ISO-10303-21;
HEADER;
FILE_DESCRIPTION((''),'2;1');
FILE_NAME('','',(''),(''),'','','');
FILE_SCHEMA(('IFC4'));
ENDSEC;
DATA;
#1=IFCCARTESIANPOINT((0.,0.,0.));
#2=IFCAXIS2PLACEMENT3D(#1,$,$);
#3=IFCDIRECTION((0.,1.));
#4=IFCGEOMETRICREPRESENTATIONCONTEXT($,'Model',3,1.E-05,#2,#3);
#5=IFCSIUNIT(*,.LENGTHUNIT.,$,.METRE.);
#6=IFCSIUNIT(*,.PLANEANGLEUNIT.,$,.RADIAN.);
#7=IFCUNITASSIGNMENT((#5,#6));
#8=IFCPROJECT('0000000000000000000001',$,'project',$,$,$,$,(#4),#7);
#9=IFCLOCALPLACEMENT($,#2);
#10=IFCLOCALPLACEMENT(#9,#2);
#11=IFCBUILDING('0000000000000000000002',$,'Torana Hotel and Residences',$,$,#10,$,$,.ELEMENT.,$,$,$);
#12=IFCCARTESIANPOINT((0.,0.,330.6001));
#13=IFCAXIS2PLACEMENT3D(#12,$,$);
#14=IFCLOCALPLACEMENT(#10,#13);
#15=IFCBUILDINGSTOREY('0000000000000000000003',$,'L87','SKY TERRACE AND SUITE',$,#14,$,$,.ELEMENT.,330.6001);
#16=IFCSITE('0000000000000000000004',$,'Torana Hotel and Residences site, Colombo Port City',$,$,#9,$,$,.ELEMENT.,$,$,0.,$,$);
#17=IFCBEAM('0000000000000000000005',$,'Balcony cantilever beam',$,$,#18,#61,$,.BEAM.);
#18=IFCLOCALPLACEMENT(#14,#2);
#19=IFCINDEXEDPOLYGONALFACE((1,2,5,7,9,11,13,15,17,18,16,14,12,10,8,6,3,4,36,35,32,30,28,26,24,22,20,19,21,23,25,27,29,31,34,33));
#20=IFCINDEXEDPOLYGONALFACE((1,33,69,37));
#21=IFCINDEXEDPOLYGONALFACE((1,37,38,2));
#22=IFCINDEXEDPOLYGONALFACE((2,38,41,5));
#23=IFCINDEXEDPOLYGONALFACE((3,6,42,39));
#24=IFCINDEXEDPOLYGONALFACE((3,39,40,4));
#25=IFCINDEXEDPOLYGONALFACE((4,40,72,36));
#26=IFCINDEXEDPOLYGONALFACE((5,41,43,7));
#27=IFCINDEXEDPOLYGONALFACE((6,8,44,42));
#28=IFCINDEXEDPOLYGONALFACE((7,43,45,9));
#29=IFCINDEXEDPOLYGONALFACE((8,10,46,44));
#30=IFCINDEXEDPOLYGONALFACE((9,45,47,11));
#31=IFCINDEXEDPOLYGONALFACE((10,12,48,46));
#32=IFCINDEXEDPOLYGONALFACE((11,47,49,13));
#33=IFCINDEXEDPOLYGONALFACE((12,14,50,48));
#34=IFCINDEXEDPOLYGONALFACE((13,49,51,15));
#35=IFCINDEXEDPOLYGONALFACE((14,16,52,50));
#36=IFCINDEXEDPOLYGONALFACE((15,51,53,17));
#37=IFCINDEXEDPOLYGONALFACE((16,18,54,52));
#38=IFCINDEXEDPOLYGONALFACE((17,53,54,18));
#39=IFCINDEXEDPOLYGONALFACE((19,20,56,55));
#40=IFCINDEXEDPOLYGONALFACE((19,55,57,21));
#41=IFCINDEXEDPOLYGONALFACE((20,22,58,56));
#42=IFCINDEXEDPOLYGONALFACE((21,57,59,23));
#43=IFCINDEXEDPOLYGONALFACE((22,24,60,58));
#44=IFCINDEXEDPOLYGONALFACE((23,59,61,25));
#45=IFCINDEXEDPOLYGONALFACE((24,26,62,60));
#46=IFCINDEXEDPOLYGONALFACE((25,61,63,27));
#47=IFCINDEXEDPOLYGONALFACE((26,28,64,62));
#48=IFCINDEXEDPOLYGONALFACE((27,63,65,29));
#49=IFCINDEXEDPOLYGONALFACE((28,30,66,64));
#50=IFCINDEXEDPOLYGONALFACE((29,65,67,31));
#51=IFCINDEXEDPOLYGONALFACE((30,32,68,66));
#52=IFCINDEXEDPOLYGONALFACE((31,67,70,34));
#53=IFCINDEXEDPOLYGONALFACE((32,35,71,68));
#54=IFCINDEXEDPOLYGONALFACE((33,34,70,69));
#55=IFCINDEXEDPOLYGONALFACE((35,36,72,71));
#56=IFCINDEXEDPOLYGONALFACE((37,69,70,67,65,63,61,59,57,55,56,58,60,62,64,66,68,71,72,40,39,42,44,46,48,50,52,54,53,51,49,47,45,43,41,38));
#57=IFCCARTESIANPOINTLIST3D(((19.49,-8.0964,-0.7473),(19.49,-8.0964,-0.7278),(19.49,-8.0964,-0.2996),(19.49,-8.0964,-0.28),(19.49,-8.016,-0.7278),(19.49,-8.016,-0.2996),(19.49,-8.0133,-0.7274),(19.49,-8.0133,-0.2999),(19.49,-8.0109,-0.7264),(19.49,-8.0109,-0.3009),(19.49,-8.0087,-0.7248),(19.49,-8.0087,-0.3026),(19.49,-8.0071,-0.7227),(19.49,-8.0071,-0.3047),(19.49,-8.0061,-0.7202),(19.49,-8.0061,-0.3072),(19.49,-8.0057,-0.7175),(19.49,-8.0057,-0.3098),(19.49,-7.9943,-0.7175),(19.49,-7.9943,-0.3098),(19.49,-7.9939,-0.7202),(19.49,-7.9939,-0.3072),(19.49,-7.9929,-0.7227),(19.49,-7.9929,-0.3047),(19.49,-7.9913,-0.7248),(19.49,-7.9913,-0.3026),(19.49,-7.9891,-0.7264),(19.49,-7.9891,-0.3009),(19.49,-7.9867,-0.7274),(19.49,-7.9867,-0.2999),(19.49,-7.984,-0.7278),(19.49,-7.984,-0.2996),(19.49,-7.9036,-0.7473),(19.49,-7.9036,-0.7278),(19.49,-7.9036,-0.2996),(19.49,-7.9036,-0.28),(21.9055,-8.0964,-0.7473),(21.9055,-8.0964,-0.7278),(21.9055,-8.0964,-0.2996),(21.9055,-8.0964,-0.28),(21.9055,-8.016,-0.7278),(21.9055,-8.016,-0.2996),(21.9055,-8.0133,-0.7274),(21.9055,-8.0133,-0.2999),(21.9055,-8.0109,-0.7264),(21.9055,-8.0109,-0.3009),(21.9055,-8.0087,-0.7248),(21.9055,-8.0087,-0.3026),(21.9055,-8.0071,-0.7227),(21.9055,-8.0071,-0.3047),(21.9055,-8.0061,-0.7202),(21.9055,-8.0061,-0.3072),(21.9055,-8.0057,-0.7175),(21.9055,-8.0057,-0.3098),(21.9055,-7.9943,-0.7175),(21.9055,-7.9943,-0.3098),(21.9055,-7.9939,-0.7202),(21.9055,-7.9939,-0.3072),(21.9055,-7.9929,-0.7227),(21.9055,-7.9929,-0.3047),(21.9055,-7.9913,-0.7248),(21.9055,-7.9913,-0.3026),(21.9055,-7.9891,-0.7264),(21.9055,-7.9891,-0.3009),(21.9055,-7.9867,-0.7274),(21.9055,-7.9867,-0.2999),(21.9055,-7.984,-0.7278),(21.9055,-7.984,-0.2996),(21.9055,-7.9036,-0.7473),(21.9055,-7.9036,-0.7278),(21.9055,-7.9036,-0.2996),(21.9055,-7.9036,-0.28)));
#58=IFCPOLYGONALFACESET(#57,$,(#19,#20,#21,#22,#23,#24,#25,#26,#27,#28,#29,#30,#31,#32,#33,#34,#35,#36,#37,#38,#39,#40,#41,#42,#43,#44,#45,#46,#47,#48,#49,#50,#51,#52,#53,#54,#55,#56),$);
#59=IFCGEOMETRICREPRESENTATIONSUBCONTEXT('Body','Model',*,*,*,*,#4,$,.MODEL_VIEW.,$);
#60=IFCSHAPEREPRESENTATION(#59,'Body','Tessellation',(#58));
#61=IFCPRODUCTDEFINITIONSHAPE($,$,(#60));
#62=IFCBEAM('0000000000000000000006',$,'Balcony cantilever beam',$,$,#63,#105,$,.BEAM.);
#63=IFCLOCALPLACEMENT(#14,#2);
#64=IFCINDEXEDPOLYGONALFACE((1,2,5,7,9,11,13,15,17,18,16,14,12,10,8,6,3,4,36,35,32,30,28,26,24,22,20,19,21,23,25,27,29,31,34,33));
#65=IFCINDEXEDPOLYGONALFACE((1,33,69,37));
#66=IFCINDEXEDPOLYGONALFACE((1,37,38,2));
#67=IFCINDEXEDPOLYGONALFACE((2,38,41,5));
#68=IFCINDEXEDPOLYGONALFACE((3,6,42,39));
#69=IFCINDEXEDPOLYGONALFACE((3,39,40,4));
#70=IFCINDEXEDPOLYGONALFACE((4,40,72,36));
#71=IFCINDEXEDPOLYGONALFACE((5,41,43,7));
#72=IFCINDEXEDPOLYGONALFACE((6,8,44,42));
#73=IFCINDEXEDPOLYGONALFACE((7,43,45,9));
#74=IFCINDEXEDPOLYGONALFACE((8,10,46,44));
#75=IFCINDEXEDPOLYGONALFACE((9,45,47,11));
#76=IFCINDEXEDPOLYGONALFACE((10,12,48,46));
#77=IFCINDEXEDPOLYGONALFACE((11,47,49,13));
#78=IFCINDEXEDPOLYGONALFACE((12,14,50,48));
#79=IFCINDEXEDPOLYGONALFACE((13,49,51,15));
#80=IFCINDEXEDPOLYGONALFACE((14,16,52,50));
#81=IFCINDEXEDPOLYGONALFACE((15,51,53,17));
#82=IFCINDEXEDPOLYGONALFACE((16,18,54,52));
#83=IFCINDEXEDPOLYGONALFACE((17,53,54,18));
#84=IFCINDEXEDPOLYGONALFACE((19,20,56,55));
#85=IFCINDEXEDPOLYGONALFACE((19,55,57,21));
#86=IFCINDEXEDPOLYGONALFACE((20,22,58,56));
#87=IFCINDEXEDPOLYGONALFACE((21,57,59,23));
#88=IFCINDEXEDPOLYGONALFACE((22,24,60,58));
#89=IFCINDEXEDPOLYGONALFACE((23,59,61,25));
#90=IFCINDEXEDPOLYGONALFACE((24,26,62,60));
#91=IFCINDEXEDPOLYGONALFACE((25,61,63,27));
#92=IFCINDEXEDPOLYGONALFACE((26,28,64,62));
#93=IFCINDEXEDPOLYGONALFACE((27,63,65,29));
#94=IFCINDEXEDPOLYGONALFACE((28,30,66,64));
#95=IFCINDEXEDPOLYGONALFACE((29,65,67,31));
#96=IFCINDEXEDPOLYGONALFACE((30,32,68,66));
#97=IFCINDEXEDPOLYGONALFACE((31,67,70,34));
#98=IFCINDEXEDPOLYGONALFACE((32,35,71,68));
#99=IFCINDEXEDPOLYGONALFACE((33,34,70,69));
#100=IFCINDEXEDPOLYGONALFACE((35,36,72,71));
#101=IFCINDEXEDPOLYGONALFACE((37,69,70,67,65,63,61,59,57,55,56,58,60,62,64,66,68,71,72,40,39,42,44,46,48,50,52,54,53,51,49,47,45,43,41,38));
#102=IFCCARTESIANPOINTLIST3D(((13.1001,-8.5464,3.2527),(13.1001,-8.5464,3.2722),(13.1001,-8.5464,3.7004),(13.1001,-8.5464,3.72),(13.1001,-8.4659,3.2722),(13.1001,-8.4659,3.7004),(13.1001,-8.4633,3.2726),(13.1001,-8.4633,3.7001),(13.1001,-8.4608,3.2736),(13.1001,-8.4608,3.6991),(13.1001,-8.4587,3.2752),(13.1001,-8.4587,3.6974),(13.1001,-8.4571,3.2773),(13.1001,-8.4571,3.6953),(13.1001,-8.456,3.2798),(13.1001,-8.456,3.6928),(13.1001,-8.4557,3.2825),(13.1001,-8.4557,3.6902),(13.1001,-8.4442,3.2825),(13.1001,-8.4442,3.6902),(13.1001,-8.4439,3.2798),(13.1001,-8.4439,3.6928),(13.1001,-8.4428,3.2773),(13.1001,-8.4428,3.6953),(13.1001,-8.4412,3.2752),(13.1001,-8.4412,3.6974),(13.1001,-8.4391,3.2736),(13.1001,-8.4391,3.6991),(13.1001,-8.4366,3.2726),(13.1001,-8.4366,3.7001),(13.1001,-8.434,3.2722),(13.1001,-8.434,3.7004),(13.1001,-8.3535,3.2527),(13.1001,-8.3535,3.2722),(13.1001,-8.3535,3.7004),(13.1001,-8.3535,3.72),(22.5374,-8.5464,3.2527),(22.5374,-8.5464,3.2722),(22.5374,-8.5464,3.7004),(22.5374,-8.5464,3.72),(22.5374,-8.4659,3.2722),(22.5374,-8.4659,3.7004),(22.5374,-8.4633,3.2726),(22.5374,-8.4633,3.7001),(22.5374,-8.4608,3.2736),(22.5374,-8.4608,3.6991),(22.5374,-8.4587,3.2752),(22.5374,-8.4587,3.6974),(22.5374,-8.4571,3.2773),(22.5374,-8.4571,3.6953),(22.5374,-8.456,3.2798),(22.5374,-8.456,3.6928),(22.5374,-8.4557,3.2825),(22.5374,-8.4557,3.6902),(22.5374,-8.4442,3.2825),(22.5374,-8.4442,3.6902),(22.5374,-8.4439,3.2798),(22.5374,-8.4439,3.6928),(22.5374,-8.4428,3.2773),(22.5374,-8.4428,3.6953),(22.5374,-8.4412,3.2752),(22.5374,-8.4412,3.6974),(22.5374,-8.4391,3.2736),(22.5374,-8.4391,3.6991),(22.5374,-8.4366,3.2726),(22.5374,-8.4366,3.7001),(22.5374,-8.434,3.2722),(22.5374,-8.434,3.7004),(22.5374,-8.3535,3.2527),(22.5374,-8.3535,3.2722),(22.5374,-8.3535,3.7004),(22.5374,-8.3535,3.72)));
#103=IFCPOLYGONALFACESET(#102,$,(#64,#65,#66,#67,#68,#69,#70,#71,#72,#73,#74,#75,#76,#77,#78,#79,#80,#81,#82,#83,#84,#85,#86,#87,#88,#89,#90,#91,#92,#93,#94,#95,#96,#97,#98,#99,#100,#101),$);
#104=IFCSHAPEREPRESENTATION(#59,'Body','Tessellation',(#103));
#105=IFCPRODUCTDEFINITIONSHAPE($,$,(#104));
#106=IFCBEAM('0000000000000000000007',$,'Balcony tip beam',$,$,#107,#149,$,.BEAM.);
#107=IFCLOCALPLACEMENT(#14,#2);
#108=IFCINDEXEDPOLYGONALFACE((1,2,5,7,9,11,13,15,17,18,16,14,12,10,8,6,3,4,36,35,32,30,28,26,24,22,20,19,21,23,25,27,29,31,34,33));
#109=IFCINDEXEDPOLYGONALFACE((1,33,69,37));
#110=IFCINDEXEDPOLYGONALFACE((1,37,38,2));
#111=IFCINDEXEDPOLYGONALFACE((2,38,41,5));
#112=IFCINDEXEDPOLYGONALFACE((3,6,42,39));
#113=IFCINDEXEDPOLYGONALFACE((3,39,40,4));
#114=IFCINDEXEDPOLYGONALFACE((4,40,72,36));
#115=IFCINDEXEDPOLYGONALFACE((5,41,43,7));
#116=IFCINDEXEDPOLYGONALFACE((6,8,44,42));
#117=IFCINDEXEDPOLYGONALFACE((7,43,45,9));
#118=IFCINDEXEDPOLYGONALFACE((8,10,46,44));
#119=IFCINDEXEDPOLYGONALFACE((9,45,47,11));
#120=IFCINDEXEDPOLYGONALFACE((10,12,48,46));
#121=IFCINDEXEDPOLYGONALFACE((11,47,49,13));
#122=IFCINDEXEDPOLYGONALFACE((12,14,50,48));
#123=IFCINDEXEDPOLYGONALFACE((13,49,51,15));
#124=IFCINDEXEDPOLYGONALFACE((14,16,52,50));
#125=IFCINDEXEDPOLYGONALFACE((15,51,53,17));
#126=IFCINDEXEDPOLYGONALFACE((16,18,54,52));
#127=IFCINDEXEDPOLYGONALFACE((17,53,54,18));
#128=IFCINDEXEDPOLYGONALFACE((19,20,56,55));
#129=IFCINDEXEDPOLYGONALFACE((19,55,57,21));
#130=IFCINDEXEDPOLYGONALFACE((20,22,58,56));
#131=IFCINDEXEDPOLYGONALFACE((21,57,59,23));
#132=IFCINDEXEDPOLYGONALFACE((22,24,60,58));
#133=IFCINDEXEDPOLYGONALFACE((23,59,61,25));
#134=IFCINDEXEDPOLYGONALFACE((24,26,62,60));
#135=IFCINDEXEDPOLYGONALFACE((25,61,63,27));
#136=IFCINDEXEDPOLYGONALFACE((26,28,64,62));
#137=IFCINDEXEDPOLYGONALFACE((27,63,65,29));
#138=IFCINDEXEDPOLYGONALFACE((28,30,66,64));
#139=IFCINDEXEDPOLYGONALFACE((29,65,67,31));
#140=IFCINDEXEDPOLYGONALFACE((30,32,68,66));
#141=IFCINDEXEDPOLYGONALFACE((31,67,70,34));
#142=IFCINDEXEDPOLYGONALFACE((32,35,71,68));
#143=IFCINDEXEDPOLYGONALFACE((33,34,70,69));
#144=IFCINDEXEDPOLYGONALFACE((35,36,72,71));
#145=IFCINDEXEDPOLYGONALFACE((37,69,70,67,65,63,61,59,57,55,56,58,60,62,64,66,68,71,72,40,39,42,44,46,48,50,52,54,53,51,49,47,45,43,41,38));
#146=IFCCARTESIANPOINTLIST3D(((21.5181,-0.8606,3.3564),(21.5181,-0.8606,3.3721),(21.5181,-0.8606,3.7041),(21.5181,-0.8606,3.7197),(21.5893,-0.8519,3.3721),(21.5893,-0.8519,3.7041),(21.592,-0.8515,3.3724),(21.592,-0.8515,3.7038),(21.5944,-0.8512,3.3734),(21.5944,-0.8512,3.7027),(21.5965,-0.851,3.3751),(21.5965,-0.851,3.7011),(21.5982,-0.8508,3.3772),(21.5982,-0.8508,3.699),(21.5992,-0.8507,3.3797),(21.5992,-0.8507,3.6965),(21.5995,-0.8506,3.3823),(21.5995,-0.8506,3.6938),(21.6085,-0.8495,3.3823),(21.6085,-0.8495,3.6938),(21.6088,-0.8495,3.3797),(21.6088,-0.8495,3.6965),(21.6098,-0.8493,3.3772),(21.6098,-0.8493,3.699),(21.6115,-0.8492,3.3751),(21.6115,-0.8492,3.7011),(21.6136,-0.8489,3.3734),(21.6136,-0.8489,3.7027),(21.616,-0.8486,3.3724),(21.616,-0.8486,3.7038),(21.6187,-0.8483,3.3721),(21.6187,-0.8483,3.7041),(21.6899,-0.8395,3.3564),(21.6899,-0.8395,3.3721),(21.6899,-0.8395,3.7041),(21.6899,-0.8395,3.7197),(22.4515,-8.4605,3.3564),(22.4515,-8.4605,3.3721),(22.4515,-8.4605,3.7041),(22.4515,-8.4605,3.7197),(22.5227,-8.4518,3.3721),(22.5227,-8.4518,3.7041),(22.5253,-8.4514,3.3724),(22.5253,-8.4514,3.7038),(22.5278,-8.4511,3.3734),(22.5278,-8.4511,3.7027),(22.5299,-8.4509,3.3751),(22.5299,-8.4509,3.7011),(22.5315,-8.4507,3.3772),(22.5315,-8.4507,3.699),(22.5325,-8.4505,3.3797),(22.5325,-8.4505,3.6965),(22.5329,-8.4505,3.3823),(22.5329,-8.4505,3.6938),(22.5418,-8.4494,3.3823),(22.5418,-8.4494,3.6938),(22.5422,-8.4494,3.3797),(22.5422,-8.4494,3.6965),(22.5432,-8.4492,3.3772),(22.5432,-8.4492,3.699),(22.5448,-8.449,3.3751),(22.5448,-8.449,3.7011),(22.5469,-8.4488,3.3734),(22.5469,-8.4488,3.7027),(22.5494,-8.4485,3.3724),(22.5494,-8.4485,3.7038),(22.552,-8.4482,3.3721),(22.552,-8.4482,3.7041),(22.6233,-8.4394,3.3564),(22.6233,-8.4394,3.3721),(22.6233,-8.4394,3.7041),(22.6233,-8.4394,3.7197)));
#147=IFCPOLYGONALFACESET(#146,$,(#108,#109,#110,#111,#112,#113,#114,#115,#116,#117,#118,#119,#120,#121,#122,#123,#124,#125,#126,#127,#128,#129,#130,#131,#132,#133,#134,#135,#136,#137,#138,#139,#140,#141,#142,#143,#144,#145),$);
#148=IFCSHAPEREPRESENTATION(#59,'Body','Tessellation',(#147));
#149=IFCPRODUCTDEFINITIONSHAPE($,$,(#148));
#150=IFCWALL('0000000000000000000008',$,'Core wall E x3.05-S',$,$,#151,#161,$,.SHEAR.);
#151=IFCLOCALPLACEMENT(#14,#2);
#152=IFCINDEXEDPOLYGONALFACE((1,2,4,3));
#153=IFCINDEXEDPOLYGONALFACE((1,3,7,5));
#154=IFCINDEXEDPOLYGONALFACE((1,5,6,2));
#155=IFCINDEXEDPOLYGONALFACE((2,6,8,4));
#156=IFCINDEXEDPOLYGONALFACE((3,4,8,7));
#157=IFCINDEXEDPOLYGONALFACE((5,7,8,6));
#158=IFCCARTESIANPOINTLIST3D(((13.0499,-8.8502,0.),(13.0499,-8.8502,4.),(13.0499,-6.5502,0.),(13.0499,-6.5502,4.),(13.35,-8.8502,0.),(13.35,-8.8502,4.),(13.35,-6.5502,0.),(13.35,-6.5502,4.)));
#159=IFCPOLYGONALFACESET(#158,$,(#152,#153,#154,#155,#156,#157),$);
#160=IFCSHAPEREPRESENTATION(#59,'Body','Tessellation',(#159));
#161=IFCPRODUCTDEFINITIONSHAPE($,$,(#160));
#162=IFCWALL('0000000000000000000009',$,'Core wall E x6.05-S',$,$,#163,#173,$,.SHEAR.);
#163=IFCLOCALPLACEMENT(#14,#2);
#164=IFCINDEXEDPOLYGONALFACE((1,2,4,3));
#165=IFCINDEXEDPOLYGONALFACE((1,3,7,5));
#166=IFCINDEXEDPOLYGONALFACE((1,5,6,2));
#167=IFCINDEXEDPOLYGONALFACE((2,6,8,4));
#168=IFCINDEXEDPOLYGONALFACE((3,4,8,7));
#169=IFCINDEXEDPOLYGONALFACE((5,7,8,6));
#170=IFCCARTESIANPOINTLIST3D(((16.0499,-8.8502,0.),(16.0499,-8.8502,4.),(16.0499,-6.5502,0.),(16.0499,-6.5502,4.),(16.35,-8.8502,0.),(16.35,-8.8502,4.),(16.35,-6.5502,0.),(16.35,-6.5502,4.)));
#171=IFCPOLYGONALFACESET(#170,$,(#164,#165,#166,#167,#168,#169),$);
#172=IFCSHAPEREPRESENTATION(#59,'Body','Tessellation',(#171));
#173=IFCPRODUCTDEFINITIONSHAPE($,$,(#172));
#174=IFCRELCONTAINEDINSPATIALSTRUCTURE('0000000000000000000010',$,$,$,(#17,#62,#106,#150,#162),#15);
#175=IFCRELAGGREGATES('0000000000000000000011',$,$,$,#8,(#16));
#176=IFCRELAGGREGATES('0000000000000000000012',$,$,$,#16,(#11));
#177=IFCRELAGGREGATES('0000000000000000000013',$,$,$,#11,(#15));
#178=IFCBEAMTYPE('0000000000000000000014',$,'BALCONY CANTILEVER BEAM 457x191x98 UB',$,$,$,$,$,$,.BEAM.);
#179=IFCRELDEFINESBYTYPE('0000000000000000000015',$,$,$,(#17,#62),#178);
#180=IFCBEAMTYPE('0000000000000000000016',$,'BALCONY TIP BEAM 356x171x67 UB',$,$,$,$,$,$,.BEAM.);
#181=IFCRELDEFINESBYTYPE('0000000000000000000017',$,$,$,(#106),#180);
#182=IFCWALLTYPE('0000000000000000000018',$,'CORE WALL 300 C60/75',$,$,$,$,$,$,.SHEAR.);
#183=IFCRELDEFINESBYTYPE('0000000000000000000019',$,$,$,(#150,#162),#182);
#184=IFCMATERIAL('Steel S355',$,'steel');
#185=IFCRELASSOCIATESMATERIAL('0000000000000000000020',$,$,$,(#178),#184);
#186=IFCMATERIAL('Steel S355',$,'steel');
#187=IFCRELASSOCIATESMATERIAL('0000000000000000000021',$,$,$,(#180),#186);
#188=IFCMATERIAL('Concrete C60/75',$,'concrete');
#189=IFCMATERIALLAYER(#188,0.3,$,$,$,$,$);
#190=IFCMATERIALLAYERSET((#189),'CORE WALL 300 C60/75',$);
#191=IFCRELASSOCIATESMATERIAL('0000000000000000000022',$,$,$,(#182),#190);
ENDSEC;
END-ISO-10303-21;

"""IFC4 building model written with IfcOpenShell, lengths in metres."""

from ifc_helpers import new_model, si_unit, direction, frame, frame_2d, origin, origin_2d, place, context, subcontext, project, spatial, rectangle, i_section, extrude, material, layer, layer_set, material_profile, profile_set, type_object, element, save


model = new_model("IFC4")

# Units and contexts
model_context = context("Model", 3, precision=1e-05, world=origin(), true_north=direction((0.0, 1.0)))
body_context = subcontext(model_context, "Body", "Model", "MODEL_VIEW")
ifc_project = project(units=[si_unit("LENGTHUNIT", "METRE"), si_unit("PLANEANGLEUNIT", "RADIAN")], contexts=[model_context])

# Site, building, storey
site_placement = place(None, origin())
site = spatial("IfcSite", under=ifc_project, at=site_placement, Name="Torana Hotel and Residences site, Colombo Port City", CompositionType="ELEMENT", RefElevation=0.0)
building_placement = place(site_placement, origin())
building = spatial("IfcBuilding", under=site, at=building_placement, Name="Torana Hotel and Residences", CompositionType="ELEMENT")
storey_placement = place(building_placement, frame((0.0, 0.0, 330.6001)))
storey = spatial("IfcBuildingStorey", under=building, at=storey_placement, Name="L87", Description="SKY TERRACE AND SUITE", CompositionType="ELEMENT", Elevation=330.6001)

# Beams
ifc_material_1 = material(Name="Steel S355", Category="steel")
ifc_material_profile_1 = material_profile(ifc_material_1, i_section(OverallWidth=0.1929, OverallDepth=0.4673, WebThickness=0.0115, FlangeThickness=0.0195, FilletRadius=0.0103, at=origin_2d()), Name="457x191x98 UB")
ifc_profile_set_1 = profile_set([ifc_material_profile_1], Name="Steel S355")
beam_type_1 = type_object("IfcBeamType", Name="BALCONY CANTILEVER BEAM 457x191x98 UB", PredefinedType="BEAM", material=ifc_profile_set_1)
beam_1_placement = place(storey_placement, frame((19.49, -8.0, -0.5137), z_axis=(1.0, 0.0, 0.0), x_axis=(0.0, 1.0, 0.0)))
element("IfcBeam", 1, at=beam_1_placement, inside=storey, type_object=beam_type_1, Name="Balcony cantilever beam", PredefinedType="BEAM", context=body_context, shape_type="SweptSolid", body=[
    extrude(i_section(OverallWidth=0.1929, OverallDepth=0.4673, WebThickness=0.0115, FlangeThickness=0.0195, FilletRadius=0.0103, at=origin_2d()), origin(), (0.0, 0.0, 1.0), 2.4155),
])
beam_2_placement = place(storey_placement, frame((22.5374, -8.45, 3.4863), z_axis=(-1.0, 0.0, 0.0), x_axis=(0.0, -1.0, 0.0)))
element("IfcBeam", 2, at=beam_2_placement, inside=storey, type_object=beam_type_1, Name="Balcony cantilever beam", PredefinedType="BEAM", context=body_context, shape_type="SweptSolid", body=[
    extrude(i_section(OverallWidth=0.1929, OverallDepth=0.4673, WebThickness=0.0115, FlangeThickness=0.0195, FilletRadius=0.0103, at=origin_2d()), origin(), (0.0, 0.0, 1.0), 9.4373),
])
ifc_material_2 = material(Name="Steel S355", Category="steel")
ifc_material_profile_2 = material_profile(ifc_material_2, i_section(OverallWidth=0.1731, OverallDepth=0.3633, WebThickness=0.009, FlangeThickness=0.0156, FilletRadius=0.0103, at=origin_2d()), Name="356x171x67 UB")
ifc_profile_set_2 = profile_set([ifc_material_profile_2], Name="Steel S355")
beam_type_2 = type_object("IfcBeamType", Name="BALCONY TIP BEAM 356x171x67 UB", PredefinedType="BEAM", material=ifc_profile_set_2)
beam_3_placement = place(storey_placement, frame((22.5374, -8.45, 3.5381), z_axis=(-0.121896, 0.992543, 0.0), x_axis=(-0.992543, -0.121896, 0.0)))
element("IfcBeam", 3, at=beam_3_placement, inside=storey, type_object=beam_type_2, Name="Balcony tip beam", PredefinedType="BEAM", context=body_context, shape_type="SweptSolid", body=[
    extrude(i_section(OverallWidth=0.1731, OverallDepth=0.3633, WebThickness=0.009, FlangeThickness=0.0156, FilletRadius=0.0103, at=origin_2d()), origin(), (0.0, 0.0, 1.0), 7.657),
])

# Walls
ifc_material_3 = material(Name="Concrete C60/75", Category="concrete")
ifc_layer_1 = layer(ifc_material_3, 0.3)
ifc_layer_set_1 = layer_set([ifc_layer_1], Name="CORE WALL 300 C60/75")
wall_type_1 = type_object("IfcWallType", Name="CORE WALL 300 C60/75", PredefinedType="SHEAR", material=ifc_layer_set_1)
for number, where, z_axis, x_axis, name in (
    (4, (13.2, -8.8501, 0.0), (0.0, 0.0, 1.0), (0.0, 1.0, 0.0), "Core wall E x3.05-S"),
    (5, (16.2, -8.8501, 0.0), (0.0, 0.0, 1.0), (0.0, 1.0, 0.0), "Core wall E x6.05-S"),
):
    element("IfcWall", number, at=place(storey_placement, frame(where, z_axis=z_axis, x_axis=x_axis)), inside=storey, type_object=wall_type_1, Name=name, PredefinedType="SHEAR", context=body_context, shape_type="SweptSolid", body=[
        extrude(rectangle(XDim=2.3, YDim=0.3, at=frame_2d((1.1499, 0.0))), origin(), (0.0, 0.0, 1.0), 4.0),
    ])

save(model, "model.ifc")
